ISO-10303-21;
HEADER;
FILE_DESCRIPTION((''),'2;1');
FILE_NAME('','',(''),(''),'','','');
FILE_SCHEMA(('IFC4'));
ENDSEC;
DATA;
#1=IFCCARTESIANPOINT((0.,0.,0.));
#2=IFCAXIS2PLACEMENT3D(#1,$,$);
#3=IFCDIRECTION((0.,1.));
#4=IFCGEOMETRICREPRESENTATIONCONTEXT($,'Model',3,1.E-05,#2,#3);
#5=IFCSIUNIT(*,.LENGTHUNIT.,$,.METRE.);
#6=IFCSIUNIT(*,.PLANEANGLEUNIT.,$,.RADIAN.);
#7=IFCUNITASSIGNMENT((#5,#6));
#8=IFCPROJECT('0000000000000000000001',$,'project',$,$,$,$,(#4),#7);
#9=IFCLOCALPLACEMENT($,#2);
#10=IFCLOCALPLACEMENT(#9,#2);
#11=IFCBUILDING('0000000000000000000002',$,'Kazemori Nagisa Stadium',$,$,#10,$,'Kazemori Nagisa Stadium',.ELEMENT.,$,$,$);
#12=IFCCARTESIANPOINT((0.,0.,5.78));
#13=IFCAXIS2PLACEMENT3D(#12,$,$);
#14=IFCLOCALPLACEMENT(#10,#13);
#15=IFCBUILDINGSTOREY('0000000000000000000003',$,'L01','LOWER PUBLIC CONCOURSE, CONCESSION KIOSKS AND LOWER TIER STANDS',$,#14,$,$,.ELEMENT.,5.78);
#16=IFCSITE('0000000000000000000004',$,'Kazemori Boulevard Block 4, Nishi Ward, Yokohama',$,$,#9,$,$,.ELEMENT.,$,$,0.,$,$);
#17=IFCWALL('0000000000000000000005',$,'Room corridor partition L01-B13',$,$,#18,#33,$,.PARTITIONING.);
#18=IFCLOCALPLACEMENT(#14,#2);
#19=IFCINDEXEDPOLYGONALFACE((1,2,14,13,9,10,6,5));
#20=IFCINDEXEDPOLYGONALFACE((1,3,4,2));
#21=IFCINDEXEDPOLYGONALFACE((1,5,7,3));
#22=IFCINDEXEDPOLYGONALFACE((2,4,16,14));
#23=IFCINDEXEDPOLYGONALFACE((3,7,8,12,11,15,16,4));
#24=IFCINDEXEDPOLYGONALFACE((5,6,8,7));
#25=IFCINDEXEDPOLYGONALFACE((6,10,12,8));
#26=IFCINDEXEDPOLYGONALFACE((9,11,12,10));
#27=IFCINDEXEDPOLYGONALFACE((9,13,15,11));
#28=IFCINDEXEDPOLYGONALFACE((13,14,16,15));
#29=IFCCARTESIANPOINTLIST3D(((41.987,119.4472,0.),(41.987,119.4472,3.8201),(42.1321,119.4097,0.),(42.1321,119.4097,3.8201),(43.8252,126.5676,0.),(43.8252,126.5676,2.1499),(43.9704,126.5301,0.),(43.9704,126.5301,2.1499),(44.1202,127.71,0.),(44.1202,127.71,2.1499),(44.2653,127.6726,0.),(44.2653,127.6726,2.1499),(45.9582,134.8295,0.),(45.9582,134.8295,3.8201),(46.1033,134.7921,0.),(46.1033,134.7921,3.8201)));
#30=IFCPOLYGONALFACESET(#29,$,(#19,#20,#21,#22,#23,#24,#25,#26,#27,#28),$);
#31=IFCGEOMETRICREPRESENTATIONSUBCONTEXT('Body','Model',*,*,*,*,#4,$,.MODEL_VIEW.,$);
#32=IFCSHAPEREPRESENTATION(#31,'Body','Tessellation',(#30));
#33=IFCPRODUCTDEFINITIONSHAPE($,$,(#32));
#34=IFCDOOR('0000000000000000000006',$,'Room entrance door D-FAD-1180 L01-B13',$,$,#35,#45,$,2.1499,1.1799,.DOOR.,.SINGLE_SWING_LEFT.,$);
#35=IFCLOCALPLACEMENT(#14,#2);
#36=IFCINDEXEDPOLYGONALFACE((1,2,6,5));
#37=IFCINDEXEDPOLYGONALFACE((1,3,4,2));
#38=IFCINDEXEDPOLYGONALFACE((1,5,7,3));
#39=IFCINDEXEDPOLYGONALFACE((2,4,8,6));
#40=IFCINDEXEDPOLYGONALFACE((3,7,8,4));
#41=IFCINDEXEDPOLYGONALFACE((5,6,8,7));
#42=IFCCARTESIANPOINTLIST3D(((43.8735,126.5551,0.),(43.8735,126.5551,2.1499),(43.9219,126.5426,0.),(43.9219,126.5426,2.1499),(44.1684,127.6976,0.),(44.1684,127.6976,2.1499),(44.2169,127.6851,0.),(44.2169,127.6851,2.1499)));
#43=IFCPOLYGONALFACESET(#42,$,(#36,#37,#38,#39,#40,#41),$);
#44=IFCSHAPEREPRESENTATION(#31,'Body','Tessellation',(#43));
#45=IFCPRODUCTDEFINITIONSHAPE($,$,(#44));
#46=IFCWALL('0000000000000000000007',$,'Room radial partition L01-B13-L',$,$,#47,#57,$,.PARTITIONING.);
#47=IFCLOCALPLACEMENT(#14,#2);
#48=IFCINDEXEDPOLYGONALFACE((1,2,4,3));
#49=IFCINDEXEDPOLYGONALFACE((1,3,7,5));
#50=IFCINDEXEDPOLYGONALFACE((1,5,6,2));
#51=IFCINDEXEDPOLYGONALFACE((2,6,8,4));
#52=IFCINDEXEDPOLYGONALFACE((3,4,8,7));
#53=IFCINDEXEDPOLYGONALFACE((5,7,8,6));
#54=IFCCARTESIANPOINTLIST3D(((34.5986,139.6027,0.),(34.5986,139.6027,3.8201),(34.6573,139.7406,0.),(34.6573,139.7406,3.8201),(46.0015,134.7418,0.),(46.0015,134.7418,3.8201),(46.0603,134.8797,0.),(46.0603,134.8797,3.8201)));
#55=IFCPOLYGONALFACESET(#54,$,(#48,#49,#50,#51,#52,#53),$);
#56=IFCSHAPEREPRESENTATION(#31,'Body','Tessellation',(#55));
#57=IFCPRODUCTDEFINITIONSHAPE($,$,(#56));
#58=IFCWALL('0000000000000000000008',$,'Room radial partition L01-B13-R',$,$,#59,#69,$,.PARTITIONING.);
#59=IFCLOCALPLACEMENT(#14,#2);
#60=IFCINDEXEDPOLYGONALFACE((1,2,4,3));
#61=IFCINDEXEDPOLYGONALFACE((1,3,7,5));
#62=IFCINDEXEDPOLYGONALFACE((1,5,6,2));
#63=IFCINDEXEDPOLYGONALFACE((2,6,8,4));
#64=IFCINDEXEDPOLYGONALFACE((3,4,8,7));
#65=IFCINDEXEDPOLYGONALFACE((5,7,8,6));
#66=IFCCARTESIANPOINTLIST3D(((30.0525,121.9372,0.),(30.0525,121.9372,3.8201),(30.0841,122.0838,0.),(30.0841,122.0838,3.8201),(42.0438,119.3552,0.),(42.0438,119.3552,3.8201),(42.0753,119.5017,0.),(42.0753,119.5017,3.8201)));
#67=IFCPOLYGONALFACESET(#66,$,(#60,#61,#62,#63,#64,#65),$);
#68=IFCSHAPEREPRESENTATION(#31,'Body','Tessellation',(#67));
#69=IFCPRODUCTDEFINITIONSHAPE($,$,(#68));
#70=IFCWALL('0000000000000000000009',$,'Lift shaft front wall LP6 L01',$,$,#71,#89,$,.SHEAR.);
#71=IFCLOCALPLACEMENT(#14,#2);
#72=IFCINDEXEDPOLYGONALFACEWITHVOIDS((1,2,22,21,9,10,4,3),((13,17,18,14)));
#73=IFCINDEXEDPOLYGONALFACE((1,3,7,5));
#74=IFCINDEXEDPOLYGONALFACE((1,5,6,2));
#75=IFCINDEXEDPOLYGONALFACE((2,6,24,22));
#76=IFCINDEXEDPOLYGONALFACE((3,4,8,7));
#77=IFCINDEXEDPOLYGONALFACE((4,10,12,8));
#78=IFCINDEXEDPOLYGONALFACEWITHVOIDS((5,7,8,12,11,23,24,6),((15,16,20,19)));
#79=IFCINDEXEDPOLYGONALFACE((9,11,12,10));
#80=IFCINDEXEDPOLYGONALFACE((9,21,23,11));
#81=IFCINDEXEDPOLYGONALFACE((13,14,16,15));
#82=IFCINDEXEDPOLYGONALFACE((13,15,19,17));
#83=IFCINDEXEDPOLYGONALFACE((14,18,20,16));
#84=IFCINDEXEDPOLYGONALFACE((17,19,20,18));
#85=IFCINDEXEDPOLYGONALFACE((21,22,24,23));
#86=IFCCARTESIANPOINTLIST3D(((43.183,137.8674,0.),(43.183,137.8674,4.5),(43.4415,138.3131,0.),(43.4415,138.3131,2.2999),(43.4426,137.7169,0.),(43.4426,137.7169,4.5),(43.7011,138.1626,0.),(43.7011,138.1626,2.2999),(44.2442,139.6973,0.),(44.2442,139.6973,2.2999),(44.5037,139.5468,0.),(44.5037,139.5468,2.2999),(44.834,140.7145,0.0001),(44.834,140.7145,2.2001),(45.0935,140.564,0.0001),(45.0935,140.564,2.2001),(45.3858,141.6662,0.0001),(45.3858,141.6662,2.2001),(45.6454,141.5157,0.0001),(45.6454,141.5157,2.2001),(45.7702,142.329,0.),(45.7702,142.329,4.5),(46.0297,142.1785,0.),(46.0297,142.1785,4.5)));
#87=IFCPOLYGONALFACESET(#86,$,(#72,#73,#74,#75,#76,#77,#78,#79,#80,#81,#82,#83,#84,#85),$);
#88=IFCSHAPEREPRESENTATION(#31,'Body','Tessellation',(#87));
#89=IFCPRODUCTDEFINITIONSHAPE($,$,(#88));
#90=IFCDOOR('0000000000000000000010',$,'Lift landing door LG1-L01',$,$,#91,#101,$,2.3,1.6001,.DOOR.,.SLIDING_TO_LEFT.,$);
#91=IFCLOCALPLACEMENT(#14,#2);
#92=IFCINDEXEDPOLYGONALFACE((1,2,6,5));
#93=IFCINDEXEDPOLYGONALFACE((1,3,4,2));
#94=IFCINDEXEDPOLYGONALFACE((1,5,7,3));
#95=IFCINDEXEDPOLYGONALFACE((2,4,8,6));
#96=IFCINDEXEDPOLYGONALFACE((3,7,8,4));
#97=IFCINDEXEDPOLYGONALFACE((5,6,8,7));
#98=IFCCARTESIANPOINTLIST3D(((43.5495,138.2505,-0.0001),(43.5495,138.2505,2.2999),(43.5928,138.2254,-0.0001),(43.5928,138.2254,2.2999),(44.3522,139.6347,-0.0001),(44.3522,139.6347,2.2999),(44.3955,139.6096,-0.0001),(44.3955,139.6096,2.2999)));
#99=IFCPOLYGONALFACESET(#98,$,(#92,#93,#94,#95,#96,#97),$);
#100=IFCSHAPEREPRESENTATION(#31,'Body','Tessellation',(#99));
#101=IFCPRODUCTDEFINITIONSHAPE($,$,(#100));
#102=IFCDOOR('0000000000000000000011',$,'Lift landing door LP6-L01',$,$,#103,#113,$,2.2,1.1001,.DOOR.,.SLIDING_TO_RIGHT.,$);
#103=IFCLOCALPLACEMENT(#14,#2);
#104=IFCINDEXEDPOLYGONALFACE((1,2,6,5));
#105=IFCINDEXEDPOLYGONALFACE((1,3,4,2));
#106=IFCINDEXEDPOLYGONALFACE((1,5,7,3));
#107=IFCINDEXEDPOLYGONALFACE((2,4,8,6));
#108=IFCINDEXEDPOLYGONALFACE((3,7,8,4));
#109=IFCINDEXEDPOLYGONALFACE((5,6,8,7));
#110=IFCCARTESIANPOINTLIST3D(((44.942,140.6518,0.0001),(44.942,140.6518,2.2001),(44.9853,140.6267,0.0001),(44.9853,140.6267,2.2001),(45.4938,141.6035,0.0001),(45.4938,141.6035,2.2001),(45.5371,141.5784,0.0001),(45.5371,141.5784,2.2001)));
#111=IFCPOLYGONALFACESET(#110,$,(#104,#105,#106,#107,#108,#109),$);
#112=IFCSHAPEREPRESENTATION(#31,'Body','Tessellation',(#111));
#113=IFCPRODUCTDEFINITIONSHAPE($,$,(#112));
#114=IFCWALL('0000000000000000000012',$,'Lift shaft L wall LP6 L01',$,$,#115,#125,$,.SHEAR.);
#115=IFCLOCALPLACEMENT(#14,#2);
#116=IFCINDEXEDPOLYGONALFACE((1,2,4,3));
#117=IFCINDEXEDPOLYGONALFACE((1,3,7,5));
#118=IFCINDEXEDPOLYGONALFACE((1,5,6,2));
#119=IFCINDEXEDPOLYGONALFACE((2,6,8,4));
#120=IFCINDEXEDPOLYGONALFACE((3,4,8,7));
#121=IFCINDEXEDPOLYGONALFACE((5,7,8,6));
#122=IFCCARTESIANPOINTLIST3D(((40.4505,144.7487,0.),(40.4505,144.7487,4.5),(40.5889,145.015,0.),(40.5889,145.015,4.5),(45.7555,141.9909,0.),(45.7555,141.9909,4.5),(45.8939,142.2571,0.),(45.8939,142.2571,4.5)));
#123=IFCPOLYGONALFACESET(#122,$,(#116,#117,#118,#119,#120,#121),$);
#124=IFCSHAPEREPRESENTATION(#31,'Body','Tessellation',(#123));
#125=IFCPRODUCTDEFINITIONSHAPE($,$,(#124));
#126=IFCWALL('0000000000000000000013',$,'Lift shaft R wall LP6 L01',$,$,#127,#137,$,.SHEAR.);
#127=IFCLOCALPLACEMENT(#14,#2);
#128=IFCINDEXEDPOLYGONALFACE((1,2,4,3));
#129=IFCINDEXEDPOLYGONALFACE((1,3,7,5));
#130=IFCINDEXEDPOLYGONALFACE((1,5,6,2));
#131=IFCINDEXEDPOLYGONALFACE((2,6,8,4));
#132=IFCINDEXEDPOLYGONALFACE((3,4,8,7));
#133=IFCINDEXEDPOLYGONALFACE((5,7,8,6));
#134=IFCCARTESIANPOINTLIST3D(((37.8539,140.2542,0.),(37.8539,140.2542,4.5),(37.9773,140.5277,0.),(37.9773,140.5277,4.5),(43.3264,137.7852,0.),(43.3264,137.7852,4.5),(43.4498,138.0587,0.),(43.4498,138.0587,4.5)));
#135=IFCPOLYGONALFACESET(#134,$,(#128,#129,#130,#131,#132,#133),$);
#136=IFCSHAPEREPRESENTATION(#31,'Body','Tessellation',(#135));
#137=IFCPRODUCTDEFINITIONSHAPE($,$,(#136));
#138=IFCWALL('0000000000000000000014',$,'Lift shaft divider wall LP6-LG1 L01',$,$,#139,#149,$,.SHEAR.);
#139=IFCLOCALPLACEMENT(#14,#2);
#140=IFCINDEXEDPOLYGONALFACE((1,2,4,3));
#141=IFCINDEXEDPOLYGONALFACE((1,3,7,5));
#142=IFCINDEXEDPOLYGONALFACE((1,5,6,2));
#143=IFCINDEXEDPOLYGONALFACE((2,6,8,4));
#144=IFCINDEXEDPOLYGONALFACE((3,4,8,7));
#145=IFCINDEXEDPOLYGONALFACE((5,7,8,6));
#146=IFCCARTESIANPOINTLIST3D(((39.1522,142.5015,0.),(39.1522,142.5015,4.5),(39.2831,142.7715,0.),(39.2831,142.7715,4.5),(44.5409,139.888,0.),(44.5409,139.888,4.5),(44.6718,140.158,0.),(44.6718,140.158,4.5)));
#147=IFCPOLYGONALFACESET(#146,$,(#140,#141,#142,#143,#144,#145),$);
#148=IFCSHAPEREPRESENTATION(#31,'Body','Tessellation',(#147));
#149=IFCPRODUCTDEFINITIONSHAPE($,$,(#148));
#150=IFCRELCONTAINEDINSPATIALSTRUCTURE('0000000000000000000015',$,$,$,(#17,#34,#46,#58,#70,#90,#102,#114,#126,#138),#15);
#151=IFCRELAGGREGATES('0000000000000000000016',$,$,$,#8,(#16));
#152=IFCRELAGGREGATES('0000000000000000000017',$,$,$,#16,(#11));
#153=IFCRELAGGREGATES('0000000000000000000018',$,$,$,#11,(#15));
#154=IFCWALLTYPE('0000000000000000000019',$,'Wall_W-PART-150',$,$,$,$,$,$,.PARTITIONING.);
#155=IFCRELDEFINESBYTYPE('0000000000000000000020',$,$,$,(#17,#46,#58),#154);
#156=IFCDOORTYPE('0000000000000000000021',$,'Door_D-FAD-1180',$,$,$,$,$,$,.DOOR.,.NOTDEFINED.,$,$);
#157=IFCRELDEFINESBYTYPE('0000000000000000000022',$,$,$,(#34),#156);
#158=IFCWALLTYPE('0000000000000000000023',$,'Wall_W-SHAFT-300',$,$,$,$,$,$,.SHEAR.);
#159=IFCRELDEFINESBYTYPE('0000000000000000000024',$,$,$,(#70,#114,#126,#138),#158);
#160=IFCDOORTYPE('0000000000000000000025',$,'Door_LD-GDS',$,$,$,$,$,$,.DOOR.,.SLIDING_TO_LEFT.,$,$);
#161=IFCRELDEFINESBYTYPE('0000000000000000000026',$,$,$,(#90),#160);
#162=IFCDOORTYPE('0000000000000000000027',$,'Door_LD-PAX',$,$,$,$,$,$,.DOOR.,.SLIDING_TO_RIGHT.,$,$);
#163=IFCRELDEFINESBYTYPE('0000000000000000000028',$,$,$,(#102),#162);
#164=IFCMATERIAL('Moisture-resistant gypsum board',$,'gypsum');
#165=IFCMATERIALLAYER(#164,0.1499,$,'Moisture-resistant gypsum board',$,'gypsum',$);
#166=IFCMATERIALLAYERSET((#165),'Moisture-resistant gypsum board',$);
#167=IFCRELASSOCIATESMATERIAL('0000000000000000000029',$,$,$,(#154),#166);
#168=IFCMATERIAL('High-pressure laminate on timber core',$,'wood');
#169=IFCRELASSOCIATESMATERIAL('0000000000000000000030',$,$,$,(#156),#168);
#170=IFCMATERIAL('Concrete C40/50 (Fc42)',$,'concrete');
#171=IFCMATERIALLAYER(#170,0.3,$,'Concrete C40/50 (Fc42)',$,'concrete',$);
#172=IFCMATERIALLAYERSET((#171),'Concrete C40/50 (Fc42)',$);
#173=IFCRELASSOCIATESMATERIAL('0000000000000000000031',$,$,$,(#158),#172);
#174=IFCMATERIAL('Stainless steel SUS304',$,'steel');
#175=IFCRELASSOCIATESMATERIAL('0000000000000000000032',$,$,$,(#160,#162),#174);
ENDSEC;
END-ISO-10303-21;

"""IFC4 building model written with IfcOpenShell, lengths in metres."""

from ifc_helpers import new_model, si_unit, direction, frame, frame_2d, origin, place, context, subcontext, project, spatial, rectangle, extrude, material, layer, layer_set, type_object, element, fill, save


model = new_model("IFC4")

# Units and contexts
model_context = context("Model", 3, precision=1e-05, world=origin(), true_north=direction((0.0, 1.0)))
body_context = subcontext(model_context, "Body", "Model", "MODEL_VIEW")
ifc_project = project(units=[si_unit("LENGTHUNIT", "METRE"), si_unit("PLANEANGLEUNIT", "RADIAN")], contexts=[model_context])

# Site, building, storey
site_placement = place(None, origin())
site = spatial("IfcSite", under=ifc_project, at=site_placement, Name="Kazemori Boulevard Block 4, Nishi Ward, Yokohama", CompositionType="ELEMENT", RefElevation=0.0)
building_placement = place(site_placement, origin())
building = spatial("IfcBuilding", under=site, at=building_placement, Name="Kazemori Nagisa Stadium", LongName="Kazemori Nagisa Stadium", CompositionType="ELEMENT")
storey_placement = place(building_placement, frame((0.0, 0.0, 5.78)))
storey = spatial("IfcBuildingStorey", under=building, at=storey_placement, Name="L01", Description="LOWER PUBLIC CONCOURSE, CONCESSION KIOSKS AND LOWER TIER STANDS", CompositionType="ELEMENT", Elevation=5.78)

# Shared definitions
ifc_material_1 = material(Name="Concrete C40/50 (Fc42)", Category="concrete")

# Wall, opening, door
ifc_material_2 = material(Name="Moisture-resistant gypsum board", Category="gypsum")
ifc_layer_1 = layer(ifc_material_2, 0.1499, Name="Moisture-resistant gypsum board", Category="gypsum")
ifc_layer_set_1 = layer_set([ifc_layer_1], Name="Moisture-resistant gypsum board")
wall_type_1 = type_object("IfcWallType", Name="Wall_W-PART-150", PredefinedType="PARTITIONING", material=ifc_layer_set_1)
wall_1_placement = place(storey_placement, frame((46.0308, 134.8108, 0.0), z_axis=(0.0, 0.0, 1.0), x_axis=(-0.24997, -0.968254, 0.0)))
wall_1 = element("IfcWall", 1, at=wall_1_placement, inside=storey, type_object=wall_type_1, Name="Room corridor partition L01-B13", PredefinedType="PARTITIONING", context=body_context, shape_type="SweptSolid", body=[
    extrude(rectangle(XDim=15.8867, YDim=0.1499, at=frame_2d((7.9434, 0.0))), origin(), (0.0, 0.0, 1.0), 3.8201),
])
opening_1_placement = place(wall_1_placement, frame((7.353, 0.0, 0.0)))
opening_1 = element("IfcOpeningElement", 2, at=opening_1_placement, cuts=wall_1, PredefinedType="OPENING", context=body_context, shape_type="SweptSolid", body=[
    extrude(rectangle(XDim=1.1799, YDim=2.1499, at=frame_2d((0.5898, 1.075))), frame((0.0, 0.085, 0.0), z_axis=(0.0, -1.0, 0.0), x_axis=(1.0, 0.0, 0.0)), (0.0, 0.0, 1.0), 0.1699),
])
ifc_material_3 = material(Name="High-pressure laminate on timber core", Category="wood")
door_type_1 = type_object("IfcDoorType", Name="Door_D-FAD-1180", OperationType="NOTDEFINED", PredefinedType="DOOR", material=ifc_material_3)
door_1_placement = place(opening_1_placement, origin())
door_1 = element("IfcDoor", 3, at=door_1_placement, inside=storey, type_object=door_type_1, Name="Room entrance door D-FAD-1180 L01-B13", OperationType="SINGLE_SWING_LEFT", OverallHeight=2.1499, OverallWidth=1.1799, PredefinedType="DOOR", context=body_context, shape_type="SweptSolid", body=[
    extrude(rectangle(XDim=1.1799, YDim=2.1499, at=frame_2d((0.5898, 1.075))), frame((0.0, 0.0249, 0.0), z_axis=(0.0, -1.0, 0.0), x_axis=(1.0, 0.0, 0.0)), (0.0, 0.0, 1.0), 0.05),
])
fill(opening_1, door_1)

# Walls
wall_2_placement = place(storey_placement, frame((46.0308, 134.8108, 0.0), z_axis=(0.0, 0.0, 1.0), x_axis=(-0.919905, 0.392141, 0.0)))
element("IfcWall", 4, at=wall_2_placement, inside=storey, type_object=wall_type_1, Name="Room radial partition L01-B13-L", PredefinedType="PARTITIONING", context=body_context, shape_type="SweptSolid", body=[
    extrude(rectangle(XDim=12.3958, YDim=0.1499, at=frame_2d((6.1978, 0.0))), origin(), (0.0, 0.0, 1.0), 3.8201),
])
wall_3_placement = place(storey_placement, frame((42.0596, 119.4285, 0.0), z_axis=(0.0, 0.0, 1.0), x_axis=(-0.977593, 0.210502, 0.0)))
element("IfcWall", 5, at=wall_3_placement, inside=storey, type_object=wall_type_1, Name="Room radial partition L01-B13-R", PredefinedType="PARTITIONING", context=body_context, shape_type="SweptSolid", body=[
    extrude(rectangle(XDim=12.2661, YDim=0.1499, at=frame_2d((6.1331, 0.0))), origin(), (0.0, 0.0, 1.0), 3.8201),
])

# Wall, openings, doors
ifc_layer_2 = layer(ifc_material_1, 0.3, Name="Concrete C40/50 (Fc42)", Category="concrete")
ifc_layer_set_2 = layer_set([ifc_layer_2], Name="Concrete C40/50 (Fc42)")
wall_type_2 = type_object("IfcWallType", Name="Wall_W-SHAFT-300", PredefinedType="SHEAR", material=ifc_layer_set_2)
wall_4_placement = place(storey_placement, frame((45.8999, 142.2537, 0.0), z_axis=(0.0, 0.0, 1.0), x_axis=(-0.50163, -0.865083, 0.0)))
wall_4 = element("IfcWall", 6, at=wall_4_placement, inside=storey, type_object=wall_type_2, Name="Lift shaft front wall LP6 L01", PredefinedType="SHEAR", context=body_context, shape_type="SweptSolid", body=[
    extrude(rectangle(XDim=5.1575, YDim=0.3, at=frame_2d((2.5786, 0.0))), origin(), (0.0, 0.0, 1.0), 4.5),
])
opening_2_placement = place(wall_4_placement, frame((0.7661, 0.0, 0.0)))
opening_2 = element("IfcOpeningElement", 7, at=opening_2_placement, cuts=wall_4, PredefinedType="OPENING", context=body_context, shape_type="SweptSolid", body=[
    extrude(rectangle(XDim=1.1001, YDim=2.2, at=frame_2d((0.55, 1.1001))), frame((0.0, 0.1599, 0.0), z_axis=(0.0, -1.0, 0.0), x_axis=(1.0, 0.0, 0.0)), (0.0, 0.0, 1.0), 0.3201),
])
opening_3_placement = place(wall_4_placement, frame((3.042, 0.0, 0.0)))
opening_3 = element("IfcOpeningElement", 8, at=opening_3_placement, cuts=wall_4, PredefinedType="OPENING", context=body_context, shape_type="SweptSolid", body=[
    extrude(rectangle(XDim=1.6001, YDim=2.3, at=frame_2d((0.8, 1.1499))), frame((0.0, 0.1599, 0.0), z_axis=(0.0, -1.0, 0.0), x_axis=(1.0, 0.0, 0.0)), (0.0, 0.0, 1.0), 0.3201),
])
ifc_material_4 = material(Name="Stainless steel SUS304", Category="steel")
door_type_2 = type_object("IfcDoorType", Name="Door_LD-GDS", OperationType="SLIDING_TO_LEFT", PredefinedType="DOOR", material=ifc_material_4)
door_2_placement = place(opening_3_placement, origin())
door_2 = element("IfcDoor", 9, at=door_2_placement, inside=storey, type_object=door_type_2, Name="Lift landing door LG1-L01", OperationType="SLIDING_TO_LEFT", OverallHeight=2.3, OverallWidth=1.6001, PredefinedType="DOOR", context=body_context, shape_type="SweptSolid", body=[
    extrude(rectangle(XDim=1.6001, YDim=2.3, at=frame_2d((0.8, 1.1499))), frame((0.0, 0.0249, 0.0), z_axis=(0.0, -1.0, 0.0), x_axis=(1.0, 0.0, 0.0)), (0.0, 0.0, 1.0), 0.05),
])
fill(opening_3, door_2)
door_type_3 = type_object("IfcDoorType", Name="Door_LD-PAX", OperationType="SLIDING_TO_RIGHT", PredefinedType="DOOR", material=ifc_material_4)
door_3_placement = place(opening_2_placement, origin())
door_3 = element("IfcDoor", 10, at=door_3_placement, inside=storey, type_object=door_type_3, Name="Lift landing door LP6-L01", OperationType="SLIDING_TO_RIGHT", OverallHeight=2.2, OverallWidth=1.1001, PredefinedType="DOOR", context=body_context, shape_type="SweptSolid", body=[
    extrude(rectangle(XDim=1.1001, YDim=2.2, at=frame_2d((0.55, 1.1001))), frame((0.0, 0.0249, 0.0), z_axis=(0.0, -1.0, 0.0), x_axis=(1.0, 0.0, 0.0)), (0.0, 0.0, 1.0), 0.05),
])
fill(opening_2, door_3)

# Walls
wall_5_placement = place(storey_placement, frame((45.8247, 142.124, 0.0), z_axis=(0.0, 0.0, 1.0), x_axis=(-0.887268, 0.461254, 0.0)))
element("IfcWall", 11, at=wall_5_placement, inside=storey, type_object=wall_type_2, Name="Lift shaft L wall LP6 L01", PredefinedType="SHEAR", context=body_context, shape_type="SweptSolid", body=[
    extrude(rectangle(XDim=5.979, YDim=0.3, at=frame_2d((2.9895, 0.0))), origin(), (0.0, 0.0, 1.0), 4.5),
])
wall_6_placement = place(storey_placement, frame((43.3882, 137.9219, 0.0), z_axis=(0.0, 0.0, 1.0), x_axis=(-0.911522, 0.411252, 0.0)))
element("IfcWall", 12, at=wall_6_placement, inside=storey, type_object=wall_type_2, Name="Lift shaft R wall LP6 L01", PredefinedType="SHEAR", context=body_context, shape_type="SweptSolid", body=[
    extrude(rectangle(XDim=6.0037, YDim=0.3, at=frame_2d((3.002, 0.0))), origin(), (0.0, 0.0, 1.0), 4.5),
])
wall_7_placement = place(storey_placement, frame((44.6064, 140.0229, 0.0), z_axis=(0.0, 0.0, 1.0), x_axis=(-0.899759, 0.436387, 0.0)))
element("IfcWall", 13, at=wall_7_placement, inside=storey, type_object=wall_type_2, Name="Lift shaft divider wall LP6-LG1 L01", PredefinedType="SHEAR", context=body_context, shape_type="SweptSolid", body=[
    extrude(rectangle(XDim=5.989, YDim=0.3, at=frame_2d((2.9946, 0.0))), origin(), (0.0, 0.0, 1.0), 4.5),
])

save(model, "model.ifc")
